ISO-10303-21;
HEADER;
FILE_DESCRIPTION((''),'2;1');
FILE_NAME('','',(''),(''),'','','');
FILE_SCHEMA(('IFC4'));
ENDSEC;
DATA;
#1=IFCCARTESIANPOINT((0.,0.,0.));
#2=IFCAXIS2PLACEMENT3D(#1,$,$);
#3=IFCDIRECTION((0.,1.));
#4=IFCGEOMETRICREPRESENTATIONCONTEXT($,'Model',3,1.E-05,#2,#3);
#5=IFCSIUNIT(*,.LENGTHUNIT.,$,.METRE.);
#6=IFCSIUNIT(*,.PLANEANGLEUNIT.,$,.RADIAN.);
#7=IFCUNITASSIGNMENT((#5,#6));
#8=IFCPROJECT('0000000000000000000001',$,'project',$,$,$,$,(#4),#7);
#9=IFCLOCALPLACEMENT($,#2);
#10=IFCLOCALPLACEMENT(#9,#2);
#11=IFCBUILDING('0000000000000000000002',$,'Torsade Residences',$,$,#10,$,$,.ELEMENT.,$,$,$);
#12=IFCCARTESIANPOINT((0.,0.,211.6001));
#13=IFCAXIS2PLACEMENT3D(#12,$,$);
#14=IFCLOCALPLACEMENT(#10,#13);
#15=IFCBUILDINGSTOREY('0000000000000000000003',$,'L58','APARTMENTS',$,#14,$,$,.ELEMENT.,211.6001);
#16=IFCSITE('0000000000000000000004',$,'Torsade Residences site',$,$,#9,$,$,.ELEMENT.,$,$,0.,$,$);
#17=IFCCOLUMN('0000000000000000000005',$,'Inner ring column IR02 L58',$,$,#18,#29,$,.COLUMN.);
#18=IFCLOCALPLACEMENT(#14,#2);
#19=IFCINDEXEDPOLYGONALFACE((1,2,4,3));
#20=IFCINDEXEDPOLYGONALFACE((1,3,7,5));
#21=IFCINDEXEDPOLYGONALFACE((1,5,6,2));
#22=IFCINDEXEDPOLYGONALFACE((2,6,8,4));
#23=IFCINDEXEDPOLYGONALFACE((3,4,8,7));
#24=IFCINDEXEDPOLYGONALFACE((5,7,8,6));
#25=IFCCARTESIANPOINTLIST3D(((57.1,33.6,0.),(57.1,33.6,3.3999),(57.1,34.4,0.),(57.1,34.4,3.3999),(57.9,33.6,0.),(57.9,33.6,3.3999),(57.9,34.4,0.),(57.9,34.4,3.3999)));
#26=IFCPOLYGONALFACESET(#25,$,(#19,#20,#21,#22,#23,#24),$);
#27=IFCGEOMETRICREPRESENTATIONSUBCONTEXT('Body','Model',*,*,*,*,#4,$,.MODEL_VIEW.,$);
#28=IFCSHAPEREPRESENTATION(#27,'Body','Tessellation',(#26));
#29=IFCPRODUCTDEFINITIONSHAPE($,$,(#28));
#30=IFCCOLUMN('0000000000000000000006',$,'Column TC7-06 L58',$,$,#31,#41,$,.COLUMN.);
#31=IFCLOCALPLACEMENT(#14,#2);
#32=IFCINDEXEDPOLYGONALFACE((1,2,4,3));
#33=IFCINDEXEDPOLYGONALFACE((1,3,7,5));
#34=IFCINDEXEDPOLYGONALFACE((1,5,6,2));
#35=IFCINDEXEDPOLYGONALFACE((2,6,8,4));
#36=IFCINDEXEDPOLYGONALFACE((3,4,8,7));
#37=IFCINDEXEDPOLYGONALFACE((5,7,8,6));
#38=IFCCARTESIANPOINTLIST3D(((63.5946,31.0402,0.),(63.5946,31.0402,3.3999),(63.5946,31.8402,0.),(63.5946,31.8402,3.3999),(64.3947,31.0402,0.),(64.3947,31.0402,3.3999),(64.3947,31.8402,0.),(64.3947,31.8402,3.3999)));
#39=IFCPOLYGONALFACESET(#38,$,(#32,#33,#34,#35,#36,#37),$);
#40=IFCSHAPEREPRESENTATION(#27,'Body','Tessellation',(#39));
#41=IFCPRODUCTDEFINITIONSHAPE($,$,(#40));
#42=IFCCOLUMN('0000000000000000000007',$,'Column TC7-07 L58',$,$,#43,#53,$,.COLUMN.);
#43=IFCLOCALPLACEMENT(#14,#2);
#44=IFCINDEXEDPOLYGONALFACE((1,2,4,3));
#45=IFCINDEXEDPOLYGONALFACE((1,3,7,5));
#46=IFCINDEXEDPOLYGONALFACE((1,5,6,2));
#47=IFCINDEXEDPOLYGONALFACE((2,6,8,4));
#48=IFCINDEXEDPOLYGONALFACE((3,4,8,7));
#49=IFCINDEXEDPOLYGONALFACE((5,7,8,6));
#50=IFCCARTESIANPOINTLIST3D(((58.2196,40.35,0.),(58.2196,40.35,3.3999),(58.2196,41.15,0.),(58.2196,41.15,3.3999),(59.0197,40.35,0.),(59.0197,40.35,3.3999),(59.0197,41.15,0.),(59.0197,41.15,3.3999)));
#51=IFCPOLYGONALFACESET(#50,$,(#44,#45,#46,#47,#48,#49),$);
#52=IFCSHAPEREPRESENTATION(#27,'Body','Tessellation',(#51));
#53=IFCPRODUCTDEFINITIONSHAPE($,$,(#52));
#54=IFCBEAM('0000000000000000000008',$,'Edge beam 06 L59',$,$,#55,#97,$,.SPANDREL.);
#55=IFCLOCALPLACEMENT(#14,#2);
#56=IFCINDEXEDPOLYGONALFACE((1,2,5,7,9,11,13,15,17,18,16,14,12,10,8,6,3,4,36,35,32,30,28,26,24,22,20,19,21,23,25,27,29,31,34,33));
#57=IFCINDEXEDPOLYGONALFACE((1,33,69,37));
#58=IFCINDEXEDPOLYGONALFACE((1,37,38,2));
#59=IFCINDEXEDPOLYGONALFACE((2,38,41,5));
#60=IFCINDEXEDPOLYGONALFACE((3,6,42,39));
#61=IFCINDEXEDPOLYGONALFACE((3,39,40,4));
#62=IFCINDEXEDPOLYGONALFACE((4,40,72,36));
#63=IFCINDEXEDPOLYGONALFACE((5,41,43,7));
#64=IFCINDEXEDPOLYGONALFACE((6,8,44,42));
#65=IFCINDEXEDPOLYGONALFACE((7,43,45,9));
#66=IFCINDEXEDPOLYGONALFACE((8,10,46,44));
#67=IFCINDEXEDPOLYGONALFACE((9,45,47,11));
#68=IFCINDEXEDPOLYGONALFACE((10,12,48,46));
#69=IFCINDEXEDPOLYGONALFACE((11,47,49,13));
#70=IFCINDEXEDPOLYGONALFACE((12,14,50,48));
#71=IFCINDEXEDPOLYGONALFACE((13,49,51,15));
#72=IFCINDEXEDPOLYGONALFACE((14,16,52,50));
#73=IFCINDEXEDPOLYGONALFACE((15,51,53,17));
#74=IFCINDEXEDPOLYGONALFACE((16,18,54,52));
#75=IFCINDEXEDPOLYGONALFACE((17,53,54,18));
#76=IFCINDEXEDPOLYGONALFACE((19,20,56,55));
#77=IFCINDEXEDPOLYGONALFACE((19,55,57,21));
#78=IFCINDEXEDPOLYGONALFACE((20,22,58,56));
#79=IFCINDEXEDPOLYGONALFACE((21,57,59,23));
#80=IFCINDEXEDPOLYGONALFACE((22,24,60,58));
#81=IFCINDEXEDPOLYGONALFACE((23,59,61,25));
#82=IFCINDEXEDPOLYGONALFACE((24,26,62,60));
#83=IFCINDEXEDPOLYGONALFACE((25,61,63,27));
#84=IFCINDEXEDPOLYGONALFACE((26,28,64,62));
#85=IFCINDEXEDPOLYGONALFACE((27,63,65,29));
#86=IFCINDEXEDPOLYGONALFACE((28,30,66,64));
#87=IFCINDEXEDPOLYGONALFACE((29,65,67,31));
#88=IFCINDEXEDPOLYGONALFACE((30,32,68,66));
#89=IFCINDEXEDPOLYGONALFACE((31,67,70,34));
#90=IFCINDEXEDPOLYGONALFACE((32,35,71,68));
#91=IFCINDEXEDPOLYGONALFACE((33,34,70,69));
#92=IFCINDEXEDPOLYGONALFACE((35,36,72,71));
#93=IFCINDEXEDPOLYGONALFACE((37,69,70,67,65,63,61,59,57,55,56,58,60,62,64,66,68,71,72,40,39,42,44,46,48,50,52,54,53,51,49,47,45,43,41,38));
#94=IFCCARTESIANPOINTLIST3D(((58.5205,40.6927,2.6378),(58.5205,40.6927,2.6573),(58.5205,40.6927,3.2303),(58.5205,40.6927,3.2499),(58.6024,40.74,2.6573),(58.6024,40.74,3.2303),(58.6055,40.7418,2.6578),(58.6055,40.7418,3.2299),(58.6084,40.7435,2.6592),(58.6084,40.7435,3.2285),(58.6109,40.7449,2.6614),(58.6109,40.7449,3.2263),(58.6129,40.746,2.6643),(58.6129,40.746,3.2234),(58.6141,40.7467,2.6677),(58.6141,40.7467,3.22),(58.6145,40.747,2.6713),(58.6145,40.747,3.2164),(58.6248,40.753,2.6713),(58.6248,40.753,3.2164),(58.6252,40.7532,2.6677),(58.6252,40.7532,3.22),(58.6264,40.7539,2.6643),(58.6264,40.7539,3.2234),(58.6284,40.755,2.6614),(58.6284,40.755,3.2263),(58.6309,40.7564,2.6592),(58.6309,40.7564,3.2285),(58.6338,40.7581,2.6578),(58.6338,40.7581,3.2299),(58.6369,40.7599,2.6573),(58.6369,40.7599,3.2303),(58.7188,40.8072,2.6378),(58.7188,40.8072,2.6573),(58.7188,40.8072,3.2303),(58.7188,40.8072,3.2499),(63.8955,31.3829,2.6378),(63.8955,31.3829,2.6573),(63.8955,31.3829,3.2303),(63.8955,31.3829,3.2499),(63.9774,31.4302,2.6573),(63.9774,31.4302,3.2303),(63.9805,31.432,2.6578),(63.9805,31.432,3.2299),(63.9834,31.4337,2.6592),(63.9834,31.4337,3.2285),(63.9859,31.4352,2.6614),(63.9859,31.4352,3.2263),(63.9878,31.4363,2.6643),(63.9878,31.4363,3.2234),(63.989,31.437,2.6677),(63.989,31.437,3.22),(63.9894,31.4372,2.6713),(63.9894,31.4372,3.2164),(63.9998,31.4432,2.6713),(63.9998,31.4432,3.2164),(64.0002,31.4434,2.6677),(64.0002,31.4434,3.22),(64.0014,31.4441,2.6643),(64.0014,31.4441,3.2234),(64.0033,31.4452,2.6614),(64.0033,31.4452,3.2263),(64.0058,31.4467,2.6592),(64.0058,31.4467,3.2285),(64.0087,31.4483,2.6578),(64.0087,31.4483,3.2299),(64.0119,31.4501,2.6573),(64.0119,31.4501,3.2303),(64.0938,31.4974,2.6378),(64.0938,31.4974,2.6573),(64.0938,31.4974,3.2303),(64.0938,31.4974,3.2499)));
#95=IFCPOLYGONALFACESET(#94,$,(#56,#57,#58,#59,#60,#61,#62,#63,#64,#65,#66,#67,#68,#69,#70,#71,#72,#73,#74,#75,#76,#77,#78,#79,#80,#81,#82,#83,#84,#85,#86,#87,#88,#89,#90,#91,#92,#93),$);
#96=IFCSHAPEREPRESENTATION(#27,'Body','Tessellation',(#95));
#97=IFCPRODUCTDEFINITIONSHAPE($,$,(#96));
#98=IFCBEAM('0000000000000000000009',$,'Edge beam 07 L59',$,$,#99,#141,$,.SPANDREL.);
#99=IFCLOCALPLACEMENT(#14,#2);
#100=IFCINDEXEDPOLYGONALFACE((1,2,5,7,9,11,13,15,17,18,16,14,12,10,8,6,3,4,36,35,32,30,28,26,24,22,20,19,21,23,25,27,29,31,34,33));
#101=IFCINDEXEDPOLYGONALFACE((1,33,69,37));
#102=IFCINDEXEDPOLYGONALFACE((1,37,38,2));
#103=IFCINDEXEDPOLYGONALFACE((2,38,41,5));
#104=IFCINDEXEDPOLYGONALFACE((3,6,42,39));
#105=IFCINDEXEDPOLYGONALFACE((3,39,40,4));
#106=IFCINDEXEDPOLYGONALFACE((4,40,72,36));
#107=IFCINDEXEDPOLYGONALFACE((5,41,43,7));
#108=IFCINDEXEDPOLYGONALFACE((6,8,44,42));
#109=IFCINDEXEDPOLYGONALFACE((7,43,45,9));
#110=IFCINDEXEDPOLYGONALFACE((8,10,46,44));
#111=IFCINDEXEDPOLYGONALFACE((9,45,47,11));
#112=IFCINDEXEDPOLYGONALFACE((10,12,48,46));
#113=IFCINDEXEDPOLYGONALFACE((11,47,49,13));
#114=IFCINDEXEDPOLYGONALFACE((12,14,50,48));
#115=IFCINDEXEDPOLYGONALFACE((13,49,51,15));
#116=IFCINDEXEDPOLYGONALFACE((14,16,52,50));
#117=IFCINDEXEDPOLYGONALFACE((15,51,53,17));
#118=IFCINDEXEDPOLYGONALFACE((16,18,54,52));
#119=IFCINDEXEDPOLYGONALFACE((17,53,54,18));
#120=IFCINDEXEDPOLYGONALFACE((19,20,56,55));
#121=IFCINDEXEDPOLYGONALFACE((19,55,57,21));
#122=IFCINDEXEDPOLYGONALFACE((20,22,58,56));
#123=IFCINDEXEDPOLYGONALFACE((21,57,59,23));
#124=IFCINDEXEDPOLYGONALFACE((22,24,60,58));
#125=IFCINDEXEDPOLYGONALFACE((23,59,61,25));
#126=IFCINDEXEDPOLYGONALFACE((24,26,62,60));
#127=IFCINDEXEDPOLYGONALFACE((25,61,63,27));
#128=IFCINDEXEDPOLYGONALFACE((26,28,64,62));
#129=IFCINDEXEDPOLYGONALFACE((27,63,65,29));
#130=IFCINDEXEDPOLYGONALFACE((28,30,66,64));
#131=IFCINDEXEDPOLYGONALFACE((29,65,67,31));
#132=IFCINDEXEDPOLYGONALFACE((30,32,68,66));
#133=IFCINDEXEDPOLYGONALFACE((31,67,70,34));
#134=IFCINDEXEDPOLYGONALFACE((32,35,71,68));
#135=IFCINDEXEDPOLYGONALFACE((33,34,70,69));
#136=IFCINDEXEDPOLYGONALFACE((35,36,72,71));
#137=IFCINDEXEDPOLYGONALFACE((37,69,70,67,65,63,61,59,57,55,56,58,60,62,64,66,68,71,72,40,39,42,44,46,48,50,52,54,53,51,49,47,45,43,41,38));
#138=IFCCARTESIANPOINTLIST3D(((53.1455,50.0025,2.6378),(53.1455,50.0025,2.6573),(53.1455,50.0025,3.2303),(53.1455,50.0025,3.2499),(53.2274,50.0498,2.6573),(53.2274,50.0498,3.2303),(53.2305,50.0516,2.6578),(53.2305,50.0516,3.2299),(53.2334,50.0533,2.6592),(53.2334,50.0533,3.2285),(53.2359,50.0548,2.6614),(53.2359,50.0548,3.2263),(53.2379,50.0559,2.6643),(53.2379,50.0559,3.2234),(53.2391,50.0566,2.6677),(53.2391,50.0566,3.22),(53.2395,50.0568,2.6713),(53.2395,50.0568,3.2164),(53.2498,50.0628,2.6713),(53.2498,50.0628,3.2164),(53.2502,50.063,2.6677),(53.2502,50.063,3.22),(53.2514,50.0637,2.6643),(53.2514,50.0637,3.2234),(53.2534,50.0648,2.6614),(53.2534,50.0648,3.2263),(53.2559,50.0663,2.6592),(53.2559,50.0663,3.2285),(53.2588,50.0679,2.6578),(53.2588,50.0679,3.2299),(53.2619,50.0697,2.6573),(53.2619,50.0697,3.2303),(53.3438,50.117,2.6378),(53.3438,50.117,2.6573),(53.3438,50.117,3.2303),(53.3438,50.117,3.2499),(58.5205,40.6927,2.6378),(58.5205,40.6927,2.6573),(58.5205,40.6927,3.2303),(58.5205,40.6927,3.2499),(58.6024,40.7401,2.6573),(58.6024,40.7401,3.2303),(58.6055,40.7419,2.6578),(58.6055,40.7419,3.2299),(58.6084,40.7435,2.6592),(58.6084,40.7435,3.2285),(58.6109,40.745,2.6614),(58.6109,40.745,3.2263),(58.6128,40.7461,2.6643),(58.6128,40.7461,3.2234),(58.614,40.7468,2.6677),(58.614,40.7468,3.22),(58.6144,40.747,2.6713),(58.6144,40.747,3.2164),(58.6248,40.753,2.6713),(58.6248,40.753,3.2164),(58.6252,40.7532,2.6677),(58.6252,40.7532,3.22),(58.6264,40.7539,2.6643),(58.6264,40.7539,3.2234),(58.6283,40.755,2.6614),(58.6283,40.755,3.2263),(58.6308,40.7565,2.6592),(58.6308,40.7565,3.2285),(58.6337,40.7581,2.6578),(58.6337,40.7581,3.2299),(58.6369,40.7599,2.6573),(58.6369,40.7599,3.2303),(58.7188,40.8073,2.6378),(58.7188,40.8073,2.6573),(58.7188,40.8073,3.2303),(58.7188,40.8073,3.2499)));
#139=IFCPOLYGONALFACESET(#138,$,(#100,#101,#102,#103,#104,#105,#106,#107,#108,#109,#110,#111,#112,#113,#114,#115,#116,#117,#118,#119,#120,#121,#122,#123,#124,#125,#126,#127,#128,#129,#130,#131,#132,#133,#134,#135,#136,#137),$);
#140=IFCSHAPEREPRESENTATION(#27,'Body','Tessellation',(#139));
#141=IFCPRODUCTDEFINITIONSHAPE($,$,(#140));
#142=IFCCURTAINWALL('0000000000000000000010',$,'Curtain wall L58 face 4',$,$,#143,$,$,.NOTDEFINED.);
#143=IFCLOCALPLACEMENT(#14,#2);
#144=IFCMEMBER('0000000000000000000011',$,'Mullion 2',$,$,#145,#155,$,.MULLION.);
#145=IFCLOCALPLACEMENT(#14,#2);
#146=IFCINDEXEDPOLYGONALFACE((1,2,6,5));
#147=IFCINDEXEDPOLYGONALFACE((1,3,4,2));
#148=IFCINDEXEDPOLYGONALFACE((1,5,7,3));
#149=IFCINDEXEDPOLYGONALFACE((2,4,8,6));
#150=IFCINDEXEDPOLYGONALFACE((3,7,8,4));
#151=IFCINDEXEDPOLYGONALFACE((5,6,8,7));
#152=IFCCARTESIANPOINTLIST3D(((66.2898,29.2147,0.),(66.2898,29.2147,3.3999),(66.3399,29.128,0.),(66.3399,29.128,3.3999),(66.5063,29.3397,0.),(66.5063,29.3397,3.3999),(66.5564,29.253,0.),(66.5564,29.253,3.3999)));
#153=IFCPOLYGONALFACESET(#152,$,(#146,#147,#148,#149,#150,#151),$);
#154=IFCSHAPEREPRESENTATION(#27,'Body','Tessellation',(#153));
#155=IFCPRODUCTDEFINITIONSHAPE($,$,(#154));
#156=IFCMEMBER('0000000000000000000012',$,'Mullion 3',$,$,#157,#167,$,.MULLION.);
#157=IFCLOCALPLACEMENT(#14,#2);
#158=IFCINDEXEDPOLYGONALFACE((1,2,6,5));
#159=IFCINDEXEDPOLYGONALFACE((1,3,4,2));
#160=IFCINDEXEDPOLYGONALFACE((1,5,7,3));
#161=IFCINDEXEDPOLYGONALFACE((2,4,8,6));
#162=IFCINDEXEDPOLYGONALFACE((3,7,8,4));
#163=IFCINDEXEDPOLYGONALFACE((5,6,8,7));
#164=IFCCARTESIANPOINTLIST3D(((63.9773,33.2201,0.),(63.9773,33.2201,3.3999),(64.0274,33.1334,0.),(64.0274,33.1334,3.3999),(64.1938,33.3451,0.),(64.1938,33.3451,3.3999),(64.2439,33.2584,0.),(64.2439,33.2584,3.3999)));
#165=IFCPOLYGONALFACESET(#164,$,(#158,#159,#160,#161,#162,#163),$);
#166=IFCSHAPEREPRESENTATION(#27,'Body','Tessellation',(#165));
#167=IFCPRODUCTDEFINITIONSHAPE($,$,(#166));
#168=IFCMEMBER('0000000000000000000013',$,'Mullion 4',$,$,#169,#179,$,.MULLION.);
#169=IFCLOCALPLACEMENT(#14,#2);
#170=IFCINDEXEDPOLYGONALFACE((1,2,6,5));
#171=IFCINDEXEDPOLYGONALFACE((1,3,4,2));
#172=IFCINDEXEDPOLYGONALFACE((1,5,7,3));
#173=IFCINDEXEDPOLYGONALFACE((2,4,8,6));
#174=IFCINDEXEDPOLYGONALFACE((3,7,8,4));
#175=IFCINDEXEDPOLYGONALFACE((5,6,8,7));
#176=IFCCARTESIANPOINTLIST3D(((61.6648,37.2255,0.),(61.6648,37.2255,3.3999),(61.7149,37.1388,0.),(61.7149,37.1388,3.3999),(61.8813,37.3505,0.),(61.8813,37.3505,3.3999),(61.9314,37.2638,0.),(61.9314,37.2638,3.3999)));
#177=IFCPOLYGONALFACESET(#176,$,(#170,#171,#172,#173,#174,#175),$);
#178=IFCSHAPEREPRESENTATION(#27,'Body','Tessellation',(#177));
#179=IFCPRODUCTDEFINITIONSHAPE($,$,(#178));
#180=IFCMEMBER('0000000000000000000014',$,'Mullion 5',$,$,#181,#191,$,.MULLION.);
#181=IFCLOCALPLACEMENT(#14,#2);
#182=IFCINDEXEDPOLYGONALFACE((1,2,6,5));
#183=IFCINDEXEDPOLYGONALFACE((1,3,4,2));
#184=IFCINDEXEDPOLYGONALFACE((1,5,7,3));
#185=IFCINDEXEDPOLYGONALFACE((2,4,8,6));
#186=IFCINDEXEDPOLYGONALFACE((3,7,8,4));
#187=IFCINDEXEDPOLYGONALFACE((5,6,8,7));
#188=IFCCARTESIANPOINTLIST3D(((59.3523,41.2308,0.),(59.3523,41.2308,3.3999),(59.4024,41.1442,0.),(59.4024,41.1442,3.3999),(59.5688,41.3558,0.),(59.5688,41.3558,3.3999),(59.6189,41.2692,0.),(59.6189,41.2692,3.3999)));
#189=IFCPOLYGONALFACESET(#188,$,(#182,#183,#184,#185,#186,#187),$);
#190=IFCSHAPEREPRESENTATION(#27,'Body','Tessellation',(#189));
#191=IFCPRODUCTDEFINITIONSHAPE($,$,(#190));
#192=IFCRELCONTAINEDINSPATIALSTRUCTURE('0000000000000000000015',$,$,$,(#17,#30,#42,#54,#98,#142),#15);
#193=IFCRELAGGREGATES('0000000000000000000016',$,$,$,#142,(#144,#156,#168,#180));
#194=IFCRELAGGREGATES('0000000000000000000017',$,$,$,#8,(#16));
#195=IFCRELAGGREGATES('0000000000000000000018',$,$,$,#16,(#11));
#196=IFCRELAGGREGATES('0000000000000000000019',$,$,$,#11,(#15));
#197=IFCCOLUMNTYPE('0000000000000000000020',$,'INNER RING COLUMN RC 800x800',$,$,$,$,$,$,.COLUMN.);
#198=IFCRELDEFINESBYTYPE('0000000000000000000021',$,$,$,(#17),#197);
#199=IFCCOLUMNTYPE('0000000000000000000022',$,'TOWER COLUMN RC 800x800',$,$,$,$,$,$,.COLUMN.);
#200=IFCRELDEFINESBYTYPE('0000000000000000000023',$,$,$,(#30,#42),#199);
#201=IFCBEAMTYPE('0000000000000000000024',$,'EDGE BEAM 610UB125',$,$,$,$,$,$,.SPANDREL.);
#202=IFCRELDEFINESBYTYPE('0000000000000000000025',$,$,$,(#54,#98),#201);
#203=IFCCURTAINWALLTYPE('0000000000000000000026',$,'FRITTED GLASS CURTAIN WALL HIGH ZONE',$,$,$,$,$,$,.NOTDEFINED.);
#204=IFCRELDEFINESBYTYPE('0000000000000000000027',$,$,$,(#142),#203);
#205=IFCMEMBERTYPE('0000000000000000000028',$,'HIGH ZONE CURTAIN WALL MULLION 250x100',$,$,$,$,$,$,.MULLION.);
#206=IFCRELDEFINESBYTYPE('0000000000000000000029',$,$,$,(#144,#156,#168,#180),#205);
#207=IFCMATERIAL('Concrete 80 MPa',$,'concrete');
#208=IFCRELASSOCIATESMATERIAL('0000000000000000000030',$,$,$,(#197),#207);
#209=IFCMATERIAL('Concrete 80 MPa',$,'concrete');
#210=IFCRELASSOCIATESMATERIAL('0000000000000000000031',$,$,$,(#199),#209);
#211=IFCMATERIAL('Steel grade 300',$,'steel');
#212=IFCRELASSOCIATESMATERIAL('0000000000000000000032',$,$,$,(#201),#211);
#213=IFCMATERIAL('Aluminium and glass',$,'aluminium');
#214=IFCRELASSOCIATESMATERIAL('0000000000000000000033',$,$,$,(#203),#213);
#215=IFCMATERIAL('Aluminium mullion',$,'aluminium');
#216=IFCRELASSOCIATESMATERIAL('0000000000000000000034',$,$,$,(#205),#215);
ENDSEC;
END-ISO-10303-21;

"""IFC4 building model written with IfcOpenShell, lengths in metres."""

from ifc_helpers import new_model, si_unit, direction, frame, origin, origin_2d, place, context, subcontext, project, spatial, rectangle, i_section, extrude, material, material_profile, profile_set, type_object, element, aggregate, save


model = new_model("IFC4")

# Units and contexts
model_context = context("Model", 3, precision=1e-05, world=origin(), true_north=direction((0.0, 1.0)))
body_context = subcontext(model_context, "Body", "Model", "MODEL_VIEW")
ifc_project = project(units=[si_unit("LENGTHUNIT", "METRE"), si_unit("PLANEANGLEUNIT", "RADIAN")], contexts=[model_context])

# Site, building, storey
site_placement = place(None, origin())
site = spatial("IfcSite", under=ifc_project, at=site_placement, Name="Torsade Residences site", CompositionType="ELEMENT", RefElevation=0.0)
building_placement = place(site_placement, origin())
building = spatial("IfcBuilding", under=site, at=building_placement, Name="Torsade Residences", CompositionType="ELEMENT")
storey_placement = place(building_placement, frame((0.0, 0.0, 211.6001)))
storey = spatial("IfcBuildingStorey", under=building, at=storey_placement, Name="L58", Description="APARTMENTS", CompositionType="ELEMENT", Elevation=211.6001)

# Columns
ifc_material_1 = material(Name="Concrete 80 MPa", Category="concrete")
ifc_material_profile_1 = material_profile(ifc_material_1, rectangle(XDim=0.8, YDim=0.8, at=origin_2d()), Name="RC 800x800")
ifc_profile_set_1 = profile_set([ifc_material_profile_1], Name="Concrete 80 MPa")
column_type_1 = type_object("IfcColumnType", Name="INNER RING COLUMN RC 800x800", PredefinedType="COLUMN", material=ifc_profile_set_1)
column_placement = place(storey_placement, frame((57.5, 34.0, 0.0), z_axis=(0.0, 0.0, 1.0), x_axis=(1.0, 0.0, 0.0)))
element("IfcColumn", 1, at=column_placement, inside=storey, type_object=column_type_1, Name="Inner ring column IR02 L58", PredefinedType="COLUMN", context=body_context, shape_type="SweptSolid", body=[
    extrude(rectangle(XDim=0.8, YDim=0.8, at=origin_2d()), origin(), (0.0, 0.0, 1.0), 3.3999),
])
ifc_material_2 = material(Name="Concrete 80 MPa", Category="concrete")
ifc_material_profile_2 = material_profile(ifc_material_2, rectangle(XDim=0.8, YDim=0.8, at=origin_2d()), Name="RC 800x800")
ifc_profile_set_2 = profile_set([ifc_material_profile_2], Name="Concrete 80 MPa")
column_type_2 = type_object("IfcColumnType", Name="TOWER COLUMN RC 800x800", PredefinedType="COLUMN", material=ifc_profile_set_2)
for number, where, z_axis, x_axis, name in (
    (2, (63.9946, 31.4402, 0.0), (0.0, 0.0, 1.0), (1.0, 0.0, 0.0), "Column TC7-06 L58"),
    (3, (58.6196, 40.75, 0.0), (0.0, 0.0, 1.0), (1.0, 0.0, 0.0), "Column TC7-07 L58"),
):
    element("IfcColumn", number, at=place(storey_placement, frame(where, z_axis=z_axis, x_axis=x_axis)), inside=storey, type_object=column_type_2, Name=name, PredefinedType="COLUMN", context=body_context, shape_type="SweptSolid", body=[
        extrude(rectangle(XDim=0.8, YDim=0.8, at=origin_2d()), origin(), (0.0, 0.0, 1.0), 3.3999),
    ])

# Beams
ifc_material_3 = material(Name="Steel grade 300", Category="steel")
ifc_material_profile_3 = material_profile(ifc_material_3, i_section(OverallWidth=0.229, OverallDepth=0.6121, WebThickness=0.012, FlangeThickness=0.0195, FilletRadius=0.0139, at=origin_2d()), Name="610UB125")
ifc_profile_set_3 = profile_set([ifc_material_profile_3], Name="Steel grade 300")
beam_type_1 = type_object("IfcBeamType", Name="EDGE BEAM 610UB125", PredefinedType="SPANDREL", material=ifc_profile_set_3)
for number, where, z_axis, x_axis, name in (
    (4, (63.9946, 31.4402, 2.9438), (-0.499998, 0.866026, 0.0), (-0.866026, -0.499998, 0.0), "Edge beam 06 L59"),
    (5, (58.6196, 40.75, 2.9438), (-0.499998, 0.866026, 0.0), (-0.866026, -0.499998, 0.0), "Edge beam 07 L59"),
):
    element("IfcBeam", number, at=place(storey_placement, frame(where, z_axis=z_axis, x_axis=x_axis)), inside=storey, type_object=beam_type_1, Name=name, PredefinedType="SPANDREL", context=body_context, shape_type="SweptSolid", body=[
        extrude(i_section(OverallWidth=0.229, OverallDepth=0.6121, WebThickness=0.012, FlangeThickness=0.0195, FilletRadius=0.0139, at=origin_2d()), origin(), (0.0, 0.0, 1.0), 10.75),
    ])

# Curtain wall, members
ifc_material_4 = material(Name="Aluminium and glass", Category="aluminium")
curtain_wall_type = type_object("IfcCurtainWallType", Name="FRITTED GLASS CURTAIN WALL HIGH ZONE", PredefinedType="NOTDEFINED", material=ifc_material_4)
curtain_wall_placement = place(storey_placement, origin())
curtain_wall = element("IfcCurtainWall", 6, at=curtain_wall_placement, inside=storey, type_object=curtain_wall_type, Name="Curtain wall L58 face 4", PredefinedType="NOTDEFINED")
ifc_material_5 = material(Name="Aluminium mullion", Category="aluminium")
ifc_material_profile_4 = material_profile(ifc_material_5, rectangle(XDim=0.25, YDim=0.1001, at=origin_2d()), Name="HIGH ZONE CURTAIN WALL MULLION 250x100")
ifc_profile_set_4 = profile_set([ifc_material_profile_4], Name="Aluminium mullion")
member_type_1 = type_object("IfcMemberType", Name="HIGH ZONE CURTAIN WALL MULLION 250x100", PredefinedType="MULLION", material=ifc_profile_set_4)
member_1_placement = place(storey_placement, frame((66.4231, 29.2339, 0.0), z_axis=(0.0, 0.0, 1.0), x_axis=(-0.866025, -0.5, 0.0)))
member_1 = element("IfcMember", 7, at=member_1_placement, type_object=member_type_1, Name="Mullion 2", PredefinedType="MULLION", context=body_context, shape_type="SweptSolid", body=[
    extrude(rectangle(XDim=0.25, YDim=0.1001, at=origin_2d()), origin(), (0.0, 0.0, 1.0), 3.3999),
])
member_2_placement = place(storey_placement, frame((64.1106, 33.2393, 0.0), z_axis=(0.0, 0.0, 1.0), x_axis=(-0.866025, -0.5, 0.0)))
member_2 = element("IfcMember", 8, at=member_2_placement, type_object=member_type_1, Name="Mullion 3", PredefinedType="MULLION", context=body_context, shape_type="SweptSolid", body=[
    extrude(rectangle(XDim=0.25, YDim=0.1001, at=origin_2d()), origin(), (0.0, 0.0, 1.0), 3.3999),
])
member_3_placement = place(storey_placement, frame((61.7981, 37.2446, 0.0), z_axis=(0.0, 0.0, 1.0), x_axis=(-0.866025, -0.5, 0.0)))
member_3 = element("IfcMember", 9, at=member_3_placement, type_object=member_type_1, Name="Mullion 4", PredefinedType="MULLION", context=body_context, shape_type="SweptSolid", body=[
    extrude(rectangle(XDim=0.25, YDim=0.1001, at=origin_2d()), origin(), (0.0, 0.0, 1.0), 3.3999),
])
member_4_placement = place(storey_placement, frame((59.4856, 41.25, 0.0), z_axis=(0.0, 0.0, 1.0), x_axis=(-0.866025, -0.5, 0.0)))
member_4 = element("IfcMember", 10, at=member_4_placement, type_object=member_type_1, Name="Mullion 5", PredefinedType="MULLION", context=body_context, shape_type="SweptSolid", body=[
    extrude(rectangle(XDim=0.25, YDim=0.1001, at=origin_2d()), origin(), (0.0, 0.0, 1.0), 3.3999),
])

aggregate(curtain_wall, [member_1, member_2, member_3, member_4])

save(model, "model.ifc")
